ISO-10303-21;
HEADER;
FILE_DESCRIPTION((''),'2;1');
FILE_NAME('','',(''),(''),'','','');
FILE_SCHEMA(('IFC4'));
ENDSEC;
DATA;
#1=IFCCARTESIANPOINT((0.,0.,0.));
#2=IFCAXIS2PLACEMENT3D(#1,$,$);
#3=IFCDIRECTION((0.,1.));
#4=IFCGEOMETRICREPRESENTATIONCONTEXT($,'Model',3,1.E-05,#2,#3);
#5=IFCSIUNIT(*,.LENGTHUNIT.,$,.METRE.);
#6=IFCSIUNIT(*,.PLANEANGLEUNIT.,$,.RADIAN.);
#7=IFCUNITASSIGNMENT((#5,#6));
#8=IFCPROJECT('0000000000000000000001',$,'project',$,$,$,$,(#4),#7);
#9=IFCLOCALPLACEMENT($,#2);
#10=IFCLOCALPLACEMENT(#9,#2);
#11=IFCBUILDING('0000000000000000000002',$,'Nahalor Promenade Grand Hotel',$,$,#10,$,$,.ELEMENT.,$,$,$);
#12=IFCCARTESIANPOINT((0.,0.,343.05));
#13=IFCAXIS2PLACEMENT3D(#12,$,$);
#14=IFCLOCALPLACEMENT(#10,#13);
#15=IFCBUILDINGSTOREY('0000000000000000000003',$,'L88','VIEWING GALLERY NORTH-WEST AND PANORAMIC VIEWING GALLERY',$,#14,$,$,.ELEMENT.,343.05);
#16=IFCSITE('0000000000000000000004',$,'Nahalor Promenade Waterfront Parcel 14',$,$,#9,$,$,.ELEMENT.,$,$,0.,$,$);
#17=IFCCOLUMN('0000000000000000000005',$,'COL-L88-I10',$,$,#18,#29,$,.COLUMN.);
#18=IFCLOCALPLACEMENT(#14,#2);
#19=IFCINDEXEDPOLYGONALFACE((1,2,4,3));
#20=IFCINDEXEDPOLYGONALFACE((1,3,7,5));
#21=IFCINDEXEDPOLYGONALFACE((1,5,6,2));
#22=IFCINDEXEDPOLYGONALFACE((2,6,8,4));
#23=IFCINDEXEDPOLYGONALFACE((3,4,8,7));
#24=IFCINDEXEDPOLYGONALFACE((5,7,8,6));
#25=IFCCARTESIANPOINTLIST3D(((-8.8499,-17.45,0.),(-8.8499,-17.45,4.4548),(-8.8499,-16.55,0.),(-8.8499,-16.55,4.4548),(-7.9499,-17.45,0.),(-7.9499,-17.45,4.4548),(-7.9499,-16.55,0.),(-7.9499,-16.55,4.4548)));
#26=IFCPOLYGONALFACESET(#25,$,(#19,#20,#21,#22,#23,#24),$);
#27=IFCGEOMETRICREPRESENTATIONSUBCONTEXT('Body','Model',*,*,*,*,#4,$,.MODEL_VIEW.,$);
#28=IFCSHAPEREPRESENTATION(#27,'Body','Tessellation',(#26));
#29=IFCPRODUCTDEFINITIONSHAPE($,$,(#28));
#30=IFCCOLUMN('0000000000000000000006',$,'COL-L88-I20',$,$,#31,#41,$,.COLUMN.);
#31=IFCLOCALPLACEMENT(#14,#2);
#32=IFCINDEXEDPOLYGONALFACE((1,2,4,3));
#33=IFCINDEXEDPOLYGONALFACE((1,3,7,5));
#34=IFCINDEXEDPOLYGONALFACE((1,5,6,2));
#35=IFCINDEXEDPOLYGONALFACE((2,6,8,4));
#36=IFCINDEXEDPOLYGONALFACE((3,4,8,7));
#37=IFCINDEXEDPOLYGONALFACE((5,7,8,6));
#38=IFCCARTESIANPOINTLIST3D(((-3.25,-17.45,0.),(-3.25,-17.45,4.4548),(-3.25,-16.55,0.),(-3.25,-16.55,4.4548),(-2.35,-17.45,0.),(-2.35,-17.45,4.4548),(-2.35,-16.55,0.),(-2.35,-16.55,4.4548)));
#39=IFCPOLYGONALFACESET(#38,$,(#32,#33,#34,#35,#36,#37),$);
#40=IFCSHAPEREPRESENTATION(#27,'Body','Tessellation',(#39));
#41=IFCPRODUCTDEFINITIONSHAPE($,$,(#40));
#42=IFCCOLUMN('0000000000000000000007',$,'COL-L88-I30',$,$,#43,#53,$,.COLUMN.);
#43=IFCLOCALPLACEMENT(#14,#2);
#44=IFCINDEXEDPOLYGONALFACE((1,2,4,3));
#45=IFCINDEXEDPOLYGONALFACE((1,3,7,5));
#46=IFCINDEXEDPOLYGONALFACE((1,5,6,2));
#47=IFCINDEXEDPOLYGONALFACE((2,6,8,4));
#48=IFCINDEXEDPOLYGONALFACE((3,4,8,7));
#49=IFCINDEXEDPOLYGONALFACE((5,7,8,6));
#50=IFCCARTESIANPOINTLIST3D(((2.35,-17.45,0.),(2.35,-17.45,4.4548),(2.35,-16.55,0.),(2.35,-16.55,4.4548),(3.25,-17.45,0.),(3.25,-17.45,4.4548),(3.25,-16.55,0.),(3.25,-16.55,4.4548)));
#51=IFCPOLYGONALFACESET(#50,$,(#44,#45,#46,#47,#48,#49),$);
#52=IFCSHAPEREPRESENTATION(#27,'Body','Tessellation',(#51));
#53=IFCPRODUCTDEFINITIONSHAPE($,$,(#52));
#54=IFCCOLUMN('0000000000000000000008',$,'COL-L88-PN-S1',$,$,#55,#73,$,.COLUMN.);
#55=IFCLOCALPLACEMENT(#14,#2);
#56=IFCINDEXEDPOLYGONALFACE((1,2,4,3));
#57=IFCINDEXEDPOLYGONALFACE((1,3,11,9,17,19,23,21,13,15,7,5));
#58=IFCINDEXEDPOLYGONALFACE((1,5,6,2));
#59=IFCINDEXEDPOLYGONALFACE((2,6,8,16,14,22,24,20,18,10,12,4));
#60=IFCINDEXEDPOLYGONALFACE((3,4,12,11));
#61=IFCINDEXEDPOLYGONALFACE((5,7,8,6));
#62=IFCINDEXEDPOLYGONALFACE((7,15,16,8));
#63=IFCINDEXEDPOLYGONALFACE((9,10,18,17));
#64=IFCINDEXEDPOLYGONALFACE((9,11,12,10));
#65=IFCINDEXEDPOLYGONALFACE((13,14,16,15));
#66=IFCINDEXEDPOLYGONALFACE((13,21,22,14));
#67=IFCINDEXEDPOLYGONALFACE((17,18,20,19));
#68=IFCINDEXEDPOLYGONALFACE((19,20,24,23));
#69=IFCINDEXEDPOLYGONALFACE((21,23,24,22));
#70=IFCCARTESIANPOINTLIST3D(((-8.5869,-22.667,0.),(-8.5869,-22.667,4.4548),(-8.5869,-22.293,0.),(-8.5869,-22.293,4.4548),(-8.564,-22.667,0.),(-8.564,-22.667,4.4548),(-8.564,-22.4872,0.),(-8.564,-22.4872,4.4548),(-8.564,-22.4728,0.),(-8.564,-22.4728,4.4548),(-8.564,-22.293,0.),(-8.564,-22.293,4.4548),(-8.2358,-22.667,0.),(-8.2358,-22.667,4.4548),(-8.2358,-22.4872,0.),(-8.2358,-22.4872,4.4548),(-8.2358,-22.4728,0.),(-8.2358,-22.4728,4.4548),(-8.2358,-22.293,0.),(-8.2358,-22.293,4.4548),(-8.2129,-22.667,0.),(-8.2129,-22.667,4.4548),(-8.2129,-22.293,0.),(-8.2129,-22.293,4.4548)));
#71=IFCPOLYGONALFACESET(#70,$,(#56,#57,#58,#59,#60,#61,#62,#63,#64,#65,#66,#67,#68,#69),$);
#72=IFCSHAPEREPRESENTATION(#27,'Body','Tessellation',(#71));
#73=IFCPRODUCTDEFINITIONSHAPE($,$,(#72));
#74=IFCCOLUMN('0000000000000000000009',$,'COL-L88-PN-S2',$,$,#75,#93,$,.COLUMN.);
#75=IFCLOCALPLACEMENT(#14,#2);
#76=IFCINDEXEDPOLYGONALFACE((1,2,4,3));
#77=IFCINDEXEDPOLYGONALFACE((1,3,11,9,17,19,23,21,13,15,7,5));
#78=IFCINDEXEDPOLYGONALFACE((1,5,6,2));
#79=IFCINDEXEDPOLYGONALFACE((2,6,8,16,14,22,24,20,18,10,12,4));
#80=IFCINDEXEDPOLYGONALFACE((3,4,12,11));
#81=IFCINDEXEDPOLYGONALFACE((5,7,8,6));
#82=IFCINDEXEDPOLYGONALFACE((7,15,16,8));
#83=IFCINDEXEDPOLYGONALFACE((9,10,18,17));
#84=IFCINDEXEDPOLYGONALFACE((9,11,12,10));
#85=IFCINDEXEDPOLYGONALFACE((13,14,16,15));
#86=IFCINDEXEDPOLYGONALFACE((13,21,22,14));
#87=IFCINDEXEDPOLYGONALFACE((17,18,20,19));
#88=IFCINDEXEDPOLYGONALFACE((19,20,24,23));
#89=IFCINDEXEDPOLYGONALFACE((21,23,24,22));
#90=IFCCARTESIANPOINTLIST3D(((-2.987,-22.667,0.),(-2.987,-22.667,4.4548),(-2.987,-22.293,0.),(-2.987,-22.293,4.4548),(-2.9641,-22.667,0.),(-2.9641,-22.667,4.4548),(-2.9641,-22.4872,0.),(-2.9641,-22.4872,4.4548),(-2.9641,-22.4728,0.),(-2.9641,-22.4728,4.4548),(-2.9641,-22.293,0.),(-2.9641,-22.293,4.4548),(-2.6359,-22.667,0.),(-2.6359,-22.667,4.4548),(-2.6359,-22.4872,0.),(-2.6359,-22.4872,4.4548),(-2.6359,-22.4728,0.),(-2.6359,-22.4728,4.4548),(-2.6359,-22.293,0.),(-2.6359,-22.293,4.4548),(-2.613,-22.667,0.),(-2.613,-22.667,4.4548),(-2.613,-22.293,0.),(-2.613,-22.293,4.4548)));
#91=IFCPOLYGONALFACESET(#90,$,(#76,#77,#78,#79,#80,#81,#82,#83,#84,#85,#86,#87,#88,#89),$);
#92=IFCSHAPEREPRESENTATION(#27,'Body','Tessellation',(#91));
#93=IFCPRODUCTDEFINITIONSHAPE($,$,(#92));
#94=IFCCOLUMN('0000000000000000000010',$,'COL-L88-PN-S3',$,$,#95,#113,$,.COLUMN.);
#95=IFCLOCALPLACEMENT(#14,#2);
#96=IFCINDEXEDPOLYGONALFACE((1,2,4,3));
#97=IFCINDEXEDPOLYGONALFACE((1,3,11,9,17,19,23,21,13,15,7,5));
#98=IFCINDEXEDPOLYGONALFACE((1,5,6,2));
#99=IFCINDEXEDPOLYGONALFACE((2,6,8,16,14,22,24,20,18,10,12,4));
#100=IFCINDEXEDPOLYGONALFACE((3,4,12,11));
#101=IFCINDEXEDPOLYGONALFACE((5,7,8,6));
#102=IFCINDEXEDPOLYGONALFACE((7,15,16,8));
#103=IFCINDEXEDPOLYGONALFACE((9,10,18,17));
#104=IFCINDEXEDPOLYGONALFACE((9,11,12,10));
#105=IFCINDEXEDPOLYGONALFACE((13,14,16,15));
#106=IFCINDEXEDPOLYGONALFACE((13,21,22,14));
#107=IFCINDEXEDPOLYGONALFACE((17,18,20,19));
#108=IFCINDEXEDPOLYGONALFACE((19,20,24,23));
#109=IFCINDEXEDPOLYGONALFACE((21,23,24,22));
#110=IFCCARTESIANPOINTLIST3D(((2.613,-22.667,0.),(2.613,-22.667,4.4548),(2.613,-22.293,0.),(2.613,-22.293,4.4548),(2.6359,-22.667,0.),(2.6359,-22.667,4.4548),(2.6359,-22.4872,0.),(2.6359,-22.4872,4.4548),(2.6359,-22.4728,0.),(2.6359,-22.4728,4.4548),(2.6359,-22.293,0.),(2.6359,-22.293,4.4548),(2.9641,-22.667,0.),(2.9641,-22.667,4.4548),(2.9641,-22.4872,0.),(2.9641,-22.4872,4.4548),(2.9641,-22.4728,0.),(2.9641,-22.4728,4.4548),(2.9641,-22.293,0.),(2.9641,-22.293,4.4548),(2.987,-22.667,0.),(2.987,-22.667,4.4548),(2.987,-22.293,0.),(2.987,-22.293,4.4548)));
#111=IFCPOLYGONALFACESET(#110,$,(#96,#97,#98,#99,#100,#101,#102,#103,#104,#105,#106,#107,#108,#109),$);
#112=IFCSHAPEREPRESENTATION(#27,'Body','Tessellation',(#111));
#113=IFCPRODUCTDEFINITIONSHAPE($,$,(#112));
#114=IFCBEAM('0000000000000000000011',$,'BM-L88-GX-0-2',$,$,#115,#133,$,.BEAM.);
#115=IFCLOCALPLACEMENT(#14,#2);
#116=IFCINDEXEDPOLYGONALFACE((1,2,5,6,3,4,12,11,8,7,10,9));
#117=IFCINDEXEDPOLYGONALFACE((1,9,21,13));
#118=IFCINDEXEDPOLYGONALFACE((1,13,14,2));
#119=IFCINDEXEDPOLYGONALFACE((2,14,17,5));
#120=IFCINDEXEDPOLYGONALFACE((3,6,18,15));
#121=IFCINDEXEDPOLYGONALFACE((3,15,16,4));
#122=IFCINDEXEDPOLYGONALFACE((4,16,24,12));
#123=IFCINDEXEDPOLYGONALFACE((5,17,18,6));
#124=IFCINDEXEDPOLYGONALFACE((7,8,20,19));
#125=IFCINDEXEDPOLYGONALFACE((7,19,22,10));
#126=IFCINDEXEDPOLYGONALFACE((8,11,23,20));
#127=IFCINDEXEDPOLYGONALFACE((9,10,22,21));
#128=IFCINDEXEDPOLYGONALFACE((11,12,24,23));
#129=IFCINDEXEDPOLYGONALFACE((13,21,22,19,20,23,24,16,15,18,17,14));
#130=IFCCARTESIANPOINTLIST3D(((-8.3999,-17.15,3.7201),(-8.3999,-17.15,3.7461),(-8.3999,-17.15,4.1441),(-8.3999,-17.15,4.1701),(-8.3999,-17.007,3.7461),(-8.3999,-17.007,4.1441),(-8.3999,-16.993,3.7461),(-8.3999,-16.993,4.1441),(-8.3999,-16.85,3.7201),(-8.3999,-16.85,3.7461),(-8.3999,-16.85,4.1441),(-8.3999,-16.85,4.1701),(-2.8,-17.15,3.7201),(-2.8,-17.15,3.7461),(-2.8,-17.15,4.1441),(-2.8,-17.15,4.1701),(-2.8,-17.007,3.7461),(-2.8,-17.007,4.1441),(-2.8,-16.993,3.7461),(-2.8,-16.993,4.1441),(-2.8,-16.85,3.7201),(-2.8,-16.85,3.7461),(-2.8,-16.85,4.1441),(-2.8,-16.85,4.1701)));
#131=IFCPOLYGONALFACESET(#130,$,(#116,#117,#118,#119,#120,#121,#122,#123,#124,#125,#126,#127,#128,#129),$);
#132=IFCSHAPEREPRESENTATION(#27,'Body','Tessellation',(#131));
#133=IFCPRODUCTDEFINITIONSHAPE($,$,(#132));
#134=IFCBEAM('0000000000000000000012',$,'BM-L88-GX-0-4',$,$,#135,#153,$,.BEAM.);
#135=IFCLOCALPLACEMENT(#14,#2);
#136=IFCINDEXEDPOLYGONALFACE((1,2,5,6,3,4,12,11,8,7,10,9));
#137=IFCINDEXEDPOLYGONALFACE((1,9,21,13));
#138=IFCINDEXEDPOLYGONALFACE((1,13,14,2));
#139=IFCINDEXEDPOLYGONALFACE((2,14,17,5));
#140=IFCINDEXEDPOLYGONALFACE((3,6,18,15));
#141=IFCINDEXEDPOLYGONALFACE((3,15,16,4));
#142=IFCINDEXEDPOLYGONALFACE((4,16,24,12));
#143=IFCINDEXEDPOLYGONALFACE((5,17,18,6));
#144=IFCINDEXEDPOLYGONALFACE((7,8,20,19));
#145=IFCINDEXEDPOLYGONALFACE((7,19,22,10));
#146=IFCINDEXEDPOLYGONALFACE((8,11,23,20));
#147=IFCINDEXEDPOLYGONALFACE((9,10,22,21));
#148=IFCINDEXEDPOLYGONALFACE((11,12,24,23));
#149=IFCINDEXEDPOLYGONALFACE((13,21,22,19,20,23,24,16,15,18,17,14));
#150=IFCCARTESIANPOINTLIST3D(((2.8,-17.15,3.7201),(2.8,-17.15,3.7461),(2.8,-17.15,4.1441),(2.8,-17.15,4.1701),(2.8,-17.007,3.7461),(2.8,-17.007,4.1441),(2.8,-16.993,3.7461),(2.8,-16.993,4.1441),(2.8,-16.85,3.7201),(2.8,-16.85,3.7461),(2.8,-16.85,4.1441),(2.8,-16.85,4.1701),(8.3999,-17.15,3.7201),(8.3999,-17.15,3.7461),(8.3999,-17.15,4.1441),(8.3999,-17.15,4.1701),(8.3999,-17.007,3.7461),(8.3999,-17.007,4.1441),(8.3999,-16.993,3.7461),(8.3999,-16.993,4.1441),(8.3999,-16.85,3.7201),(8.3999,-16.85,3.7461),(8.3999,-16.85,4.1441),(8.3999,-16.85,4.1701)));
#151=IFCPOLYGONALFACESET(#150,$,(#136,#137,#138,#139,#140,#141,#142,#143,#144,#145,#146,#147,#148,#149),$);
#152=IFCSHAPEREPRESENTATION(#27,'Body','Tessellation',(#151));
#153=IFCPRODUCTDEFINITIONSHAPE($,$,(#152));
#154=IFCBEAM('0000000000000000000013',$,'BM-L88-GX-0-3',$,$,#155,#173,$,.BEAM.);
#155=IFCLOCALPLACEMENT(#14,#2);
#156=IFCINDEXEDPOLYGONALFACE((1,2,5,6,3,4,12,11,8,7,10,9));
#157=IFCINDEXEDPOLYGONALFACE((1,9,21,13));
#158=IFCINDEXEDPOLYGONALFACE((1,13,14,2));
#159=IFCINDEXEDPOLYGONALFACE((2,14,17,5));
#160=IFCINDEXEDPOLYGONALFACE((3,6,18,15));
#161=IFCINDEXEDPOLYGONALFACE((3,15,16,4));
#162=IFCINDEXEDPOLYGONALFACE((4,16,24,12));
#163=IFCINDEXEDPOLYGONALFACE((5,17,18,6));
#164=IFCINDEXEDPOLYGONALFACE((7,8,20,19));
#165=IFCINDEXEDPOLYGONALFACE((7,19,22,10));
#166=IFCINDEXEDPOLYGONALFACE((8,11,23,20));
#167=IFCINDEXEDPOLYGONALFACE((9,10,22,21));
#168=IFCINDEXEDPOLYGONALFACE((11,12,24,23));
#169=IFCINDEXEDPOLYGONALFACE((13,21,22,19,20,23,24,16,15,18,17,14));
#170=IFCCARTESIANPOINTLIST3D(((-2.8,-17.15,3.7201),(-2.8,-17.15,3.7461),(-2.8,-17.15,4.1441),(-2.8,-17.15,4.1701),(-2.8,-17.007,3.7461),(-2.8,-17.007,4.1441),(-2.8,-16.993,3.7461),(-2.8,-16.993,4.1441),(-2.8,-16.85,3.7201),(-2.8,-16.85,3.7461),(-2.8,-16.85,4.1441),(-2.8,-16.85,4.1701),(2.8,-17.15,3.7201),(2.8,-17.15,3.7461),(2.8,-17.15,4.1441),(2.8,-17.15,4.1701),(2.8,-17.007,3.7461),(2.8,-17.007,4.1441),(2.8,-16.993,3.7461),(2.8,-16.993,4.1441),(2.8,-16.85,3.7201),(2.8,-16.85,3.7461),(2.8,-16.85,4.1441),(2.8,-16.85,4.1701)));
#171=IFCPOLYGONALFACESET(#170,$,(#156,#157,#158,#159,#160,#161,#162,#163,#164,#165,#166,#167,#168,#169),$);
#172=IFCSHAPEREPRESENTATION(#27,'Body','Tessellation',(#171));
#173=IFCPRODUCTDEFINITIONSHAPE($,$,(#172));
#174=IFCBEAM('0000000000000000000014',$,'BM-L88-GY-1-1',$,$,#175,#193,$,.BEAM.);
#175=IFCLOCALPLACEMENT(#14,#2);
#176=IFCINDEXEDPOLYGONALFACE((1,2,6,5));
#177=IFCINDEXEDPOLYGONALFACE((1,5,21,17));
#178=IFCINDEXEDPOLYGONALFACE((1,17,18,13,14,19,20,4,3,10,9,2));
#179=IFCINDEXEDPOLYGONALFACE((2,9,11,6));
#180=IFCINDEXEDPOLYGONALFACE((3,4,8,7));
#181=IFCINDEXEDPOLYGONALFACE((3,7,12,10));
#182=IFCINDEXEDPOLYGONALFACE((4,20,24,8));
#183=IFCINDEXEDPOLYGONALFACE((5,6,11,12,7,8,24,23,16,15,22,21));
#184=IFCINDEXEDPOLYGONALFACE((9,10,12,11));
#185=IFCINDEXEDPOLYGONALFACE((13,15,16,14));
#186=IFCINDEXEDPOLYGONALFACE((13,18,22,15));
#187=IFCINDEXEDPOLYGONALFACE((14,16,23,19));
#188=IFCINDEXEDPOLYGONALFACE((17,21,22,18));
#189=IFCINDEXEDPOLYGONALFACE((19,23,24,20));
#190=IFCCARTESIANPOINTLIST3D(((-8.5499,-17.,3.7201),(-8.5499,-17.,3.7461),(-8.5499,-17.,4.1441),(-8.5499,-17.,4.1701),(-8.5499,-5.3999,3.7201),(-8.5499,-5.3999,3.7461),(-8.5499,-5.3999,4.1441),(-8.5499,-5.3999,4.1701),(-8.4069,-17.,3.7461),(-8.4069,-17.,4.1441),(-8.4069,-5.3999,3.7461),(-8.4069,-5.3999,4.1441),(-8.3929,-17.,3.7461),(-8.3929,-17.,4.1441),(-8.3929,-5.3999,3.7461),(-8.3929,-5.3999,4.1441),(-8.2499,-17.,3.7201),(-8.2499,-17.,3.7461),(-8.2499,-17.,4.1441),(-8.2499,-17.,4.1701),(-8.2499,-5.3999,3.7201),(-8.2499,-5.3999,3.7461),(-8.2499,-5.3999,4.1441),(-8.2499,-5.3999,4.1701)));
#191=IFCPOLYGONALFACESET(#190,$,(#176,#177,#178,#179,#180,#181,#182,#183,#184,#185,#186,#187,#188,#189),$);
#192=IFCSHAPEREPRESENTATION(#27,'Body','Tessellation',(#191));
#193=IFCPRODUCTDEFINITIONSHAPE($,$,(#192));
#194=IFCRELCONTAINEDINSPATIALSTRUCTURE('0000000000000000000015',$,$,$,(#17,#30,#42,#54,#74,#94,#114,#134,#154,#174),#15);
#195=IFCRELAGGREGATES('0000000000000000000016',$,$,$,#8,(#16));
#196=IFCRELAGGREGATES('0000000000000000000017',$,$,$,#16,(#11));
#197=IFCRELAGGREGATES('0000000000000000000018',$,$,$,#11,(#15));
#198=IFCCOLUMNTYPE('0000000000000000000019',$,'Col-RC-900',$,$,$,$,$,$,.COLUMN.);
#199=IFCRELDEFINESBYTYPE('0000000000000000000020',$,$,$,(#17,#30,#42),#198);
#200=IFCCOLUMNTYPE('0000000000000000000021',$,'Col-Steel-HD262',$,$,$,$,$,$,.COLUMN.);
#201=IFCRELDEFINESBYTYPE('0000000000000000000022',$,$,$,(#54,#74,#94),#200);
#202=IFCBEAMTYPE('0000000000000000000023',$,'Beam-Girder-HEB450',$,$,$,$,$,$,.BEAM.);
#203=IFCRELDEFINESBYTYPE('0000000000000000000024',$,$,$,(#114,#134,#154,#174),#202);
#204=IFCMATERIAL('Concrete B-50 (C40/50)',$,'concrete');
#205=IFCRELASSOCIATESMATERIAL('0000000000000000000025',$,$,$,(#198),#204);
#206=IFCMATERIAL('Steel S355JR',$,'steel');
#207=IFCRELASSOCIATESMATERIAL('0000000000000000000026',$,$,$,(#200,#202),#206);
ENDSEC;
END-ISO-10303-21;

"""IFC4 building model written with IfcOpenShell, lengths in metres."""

from ifc_helpers import new_model, si_unit, direction, frame, origin, origin_2d, place, context, subcontext, project, spatial, rectangle, i_section, extrude, source, transform, mapped, material, material_profile, profile_set, type_object, element, save


model = new_model("IFC4")

# Units and contexts
model_context = context("Model", 3, precision=1e-05, world=origin(), true_north=direction((0.0, 1.0)))
body_context = subcontext(model_context, "Body", "Model", "MODEL_VIEW")
ifc_project = project(units=[si_unit("LENGTHUNIT", "METRE"), si_unit("PLANEANGLEUNIT", "RADIAN")], contexts=[model_context])

# Site, building, storey
site_placement = place(None, origin())
site = spatial("IfcSite", under=ifc_project, at=site_placement, Name="Nahalor Promenade Waterfront Parcel 14", CompositionType="ELEMENT", RefElevation=0.0)
building_placement = place(site_placement, origin())
building = spatial("IfcBuilding", under=site, at=building_placement, Name="Nahalor Promenade Grand Hotel", CompositionType="ELEMENT")
storey_placement = place(building_placement, frame((0.0, 0.0, 343.05)))
storey = spatial("IfcBuildingStorey", under=building, at=storey_placement, Name="L88", Description="VIEWING GALLERY NORTH-WEST AND PANORAMIC VIEWING GALLERY", CompositionType="ELEMENT", Elevation=343.05)

# Columns
ifc_material_1 = material(Name="Concrete B-50 (C40/50)", Category="concrete")
ifc_material_profile_1 = material_profile(ifc_material_1, rectangle(XDim=0.9, YDim=0.9, at=origin_2d()), Name="RC 900x900")
ifc_profile_set_1 = profile_set([ifc_material_profile_1], Name="Concrete B-50 (C40/50)")
column_type_1 = type_object("IfcColumnType", Name="Col-RC-900", PredefinedType="COLUMN", material=ifc_profile_set_1)
shared_shape_1 = source(origin(), body_context, "Body", "SweptSolid", [
    extrude(rectangle(XDim=0.9, YDim=0.9, at=origin_2d()), origin(), (0.0, 0.0, 1.0), 4.4548),
])
for number, where, z_axis, x_axis, name in (
    (1, (-8.3999, -17.0, 0.0), (0.0, 0.0, 1.0), (1.0, 0.0, 0.0), "COL-L88-I10"),
    (2, (-2.8, -17.0, 0.0), (0.0, 0.0, 1.0), (1.0, 0.0, 0.0), "COL-L88-I20"),
    (3, (2.8, -17.0, 0.0), (0.0, 0.0, 1.0), (1.0, 0.0, 0.0), "COL-L88-I30"),
):
    element("IfcColumn", number, at=place(storey_placement, frame(where, z_axis=z_axis, x_axis=x_axis)), inside=storey, type_object=column_type_1, Name=name, PredefinedType="COLUMN", context=body_context, shape_type="MappedRepresentation", body=[
        mapped(shared_shape_1, transform((0.0, 0.0, 0.0), scale=1.0)),
    ])
ifc_material_2 = material(Name="Steel S355JR", Category="steel")
ifc_material_profile_2 = material_profile(ifc_material_2, i_section(OverallWidth=0.374, OverallDepth=0.374, WebThickness=0.0144, FlangeThickness=0.0229, at=origin_2d()), Name="HD 360x262")
ifc_profile_set_2 = profile_set([ifc_material_profile_2], Name="Steel S355JR")
column_type_2 = type_object("IfcColumnType", Name="Col-Steel-HD262", PredefinedType="COLUMN", material=ifc_profile_set_2)
shared_shape_2 = source(origin(), body_context, "Body", "SweptSolid", [
    extrude(i_section(OverallWidth=0.374, OverallDepth=0.374, WebThickness=0.0144, FlangeThickness=0.0229, at=origin_2d()), origin(), (0.0, 0.0, 1.0), 4.4548),
])
for number, where, z_axis, x_axis, name in (
    (4, (-8.3999, -22.48, 0.0), (0.0, 0.0, 1.0), (0.0, 1.0, 0.0), "COL-L88-PN-S1"),
    (5, (-2.8, -22.48, 0.0), (0.0, 0.0, 1.0), (0.0, 1.0, 0.0), "COL-L88-PN-S2"),
    (6, (2.8, -22.48, 0.0), (0.0, 0.0, 1.0), (0.0, 1.0, 0.0), "COL-L88-PN-S3"),
):
    element("IfcColumn", number, at=place(storey_placement, frame(where, z_axis=z_axis, x_axis=x_axis)), inside=storey, type_object=column_type_2, Name=name, PredefinedType="COLUMN", context=body_context, shape_type="MappedRepresentation", body=[
        mapped(shared_shape_2, transform((0.0, 0.0, 0.0), scale=1.0)),
    ])

# Beams
ifc_material_profile_3 = material_profile(ifc_material_2, i_section(OverallWidth=0.3, OverallDepth=0.45, WebThickness=0.014, FlangeThickness=0.026, at=origin_2d()), Name="HEB 450")
ifc_profile_set_3 = profile_set([ifc_material_profile_3], Name="Steel S355JR")
beam_type_1 = type_object("IfcBeamType", Name="Beam-Girder-HEB450", PredefinedType="BEAM", material=ifc_profile_set_3)
shared_shape_3 = source(origin(), body_context, "Body", "SweptSolid", [
    extrude(i_section(OverallWidth=0.3, OverallDepth=0.45, WebThickness=0.014, FlangeThickness=0.026, at=origin_2d()), origin(), (0.0, 0.0, 1.0), 5.5999),
])
for number, where, z_axis, x_axis, name in (
    (7, (-8.3999, -17.0, 3.9451), (1.0, 0.0, 0.0), (0.0, 1.0, 0.0), "BM-L88-GX-0-2"),
    (8, (2.8, -17.0, 3.9451), (1.0, 0.0, 0.0), (0.0, 1.0, 0.0), "BM-L88-GX-0-4"),
):
    element("IfcBeam", number, at=place(storey_placement, frame(where, z_axis=z_axis, x_axis=x_axis)), inside=storey, type_object=beam_type_1, Name=name, PredefinedType="BEAM", context=body_context, shape_type="MappedRepresentation", body=[
        mapped(shared_shape_3, transform((0.0, 0.0, 0.0), scale=1.0)),
    ])
shared_shape_4 = source(origin(), body_context, "Body", "SweptSolid", [
    extrude(i_section(OverallWidth=0.3, OverallDepth=0.45, WebThickness=0.014, FlangeThickness=0.026, at=origin_2d()), origin(), (0.0, 0.0, 1.0), 5.6001),
])
beam_1_placement = place(storey_placement, frame((-2.8, -17.0, 3.9451), z_axis=(1.0, 0.0, 0.0), x_axis=(0.0, 1.0, 0.0)))
element("IfcBeam", 9, at=beam_1_placement, inside=storey, type_object=beam_type_1, Name="BM-L88-GX-0-3", PredefinedType="BEAM", context=body_context, shape_type="MappedRepresentation", body=[
    mapped(shared_shape_4, transform((0.0, 0.0, 0.0), scale=1.0)),
])
shared_shape_5 = source(origin(), body_context, "Body", "SweptSolid", [
    extrude(i_section(OverallWidth=0.3, OverallDepth=0.45, WebThickness=0.014, FlangeThickness=0.026, at=origin_2d()), origin(), (0.0, 0.0, 1.0), 11.6001),
])
for number, where, z_axis, x_axis, name in (
    (10, (-8.3999, -17.0, 3.9451), (0.0, 1.0, 0.0), (-1.0, 0.0, 0.0), "BM-L88-GY-1-1"),
):
    element("IfcBeam", number, at=place(storey_placement, frame(where, z_axis=z_axis, x_axis=x_axis)), inside=storey, type_object=beam_type_1, Name=name, PredefinedType="BEAM", context=body_context, shape_type="MappedRepresentation", body=[
        mapped(shared_shape_5, transform((0.0, 0.0, 0.0), scale=1.0)),
    ])

save(model, "model.ifc")
